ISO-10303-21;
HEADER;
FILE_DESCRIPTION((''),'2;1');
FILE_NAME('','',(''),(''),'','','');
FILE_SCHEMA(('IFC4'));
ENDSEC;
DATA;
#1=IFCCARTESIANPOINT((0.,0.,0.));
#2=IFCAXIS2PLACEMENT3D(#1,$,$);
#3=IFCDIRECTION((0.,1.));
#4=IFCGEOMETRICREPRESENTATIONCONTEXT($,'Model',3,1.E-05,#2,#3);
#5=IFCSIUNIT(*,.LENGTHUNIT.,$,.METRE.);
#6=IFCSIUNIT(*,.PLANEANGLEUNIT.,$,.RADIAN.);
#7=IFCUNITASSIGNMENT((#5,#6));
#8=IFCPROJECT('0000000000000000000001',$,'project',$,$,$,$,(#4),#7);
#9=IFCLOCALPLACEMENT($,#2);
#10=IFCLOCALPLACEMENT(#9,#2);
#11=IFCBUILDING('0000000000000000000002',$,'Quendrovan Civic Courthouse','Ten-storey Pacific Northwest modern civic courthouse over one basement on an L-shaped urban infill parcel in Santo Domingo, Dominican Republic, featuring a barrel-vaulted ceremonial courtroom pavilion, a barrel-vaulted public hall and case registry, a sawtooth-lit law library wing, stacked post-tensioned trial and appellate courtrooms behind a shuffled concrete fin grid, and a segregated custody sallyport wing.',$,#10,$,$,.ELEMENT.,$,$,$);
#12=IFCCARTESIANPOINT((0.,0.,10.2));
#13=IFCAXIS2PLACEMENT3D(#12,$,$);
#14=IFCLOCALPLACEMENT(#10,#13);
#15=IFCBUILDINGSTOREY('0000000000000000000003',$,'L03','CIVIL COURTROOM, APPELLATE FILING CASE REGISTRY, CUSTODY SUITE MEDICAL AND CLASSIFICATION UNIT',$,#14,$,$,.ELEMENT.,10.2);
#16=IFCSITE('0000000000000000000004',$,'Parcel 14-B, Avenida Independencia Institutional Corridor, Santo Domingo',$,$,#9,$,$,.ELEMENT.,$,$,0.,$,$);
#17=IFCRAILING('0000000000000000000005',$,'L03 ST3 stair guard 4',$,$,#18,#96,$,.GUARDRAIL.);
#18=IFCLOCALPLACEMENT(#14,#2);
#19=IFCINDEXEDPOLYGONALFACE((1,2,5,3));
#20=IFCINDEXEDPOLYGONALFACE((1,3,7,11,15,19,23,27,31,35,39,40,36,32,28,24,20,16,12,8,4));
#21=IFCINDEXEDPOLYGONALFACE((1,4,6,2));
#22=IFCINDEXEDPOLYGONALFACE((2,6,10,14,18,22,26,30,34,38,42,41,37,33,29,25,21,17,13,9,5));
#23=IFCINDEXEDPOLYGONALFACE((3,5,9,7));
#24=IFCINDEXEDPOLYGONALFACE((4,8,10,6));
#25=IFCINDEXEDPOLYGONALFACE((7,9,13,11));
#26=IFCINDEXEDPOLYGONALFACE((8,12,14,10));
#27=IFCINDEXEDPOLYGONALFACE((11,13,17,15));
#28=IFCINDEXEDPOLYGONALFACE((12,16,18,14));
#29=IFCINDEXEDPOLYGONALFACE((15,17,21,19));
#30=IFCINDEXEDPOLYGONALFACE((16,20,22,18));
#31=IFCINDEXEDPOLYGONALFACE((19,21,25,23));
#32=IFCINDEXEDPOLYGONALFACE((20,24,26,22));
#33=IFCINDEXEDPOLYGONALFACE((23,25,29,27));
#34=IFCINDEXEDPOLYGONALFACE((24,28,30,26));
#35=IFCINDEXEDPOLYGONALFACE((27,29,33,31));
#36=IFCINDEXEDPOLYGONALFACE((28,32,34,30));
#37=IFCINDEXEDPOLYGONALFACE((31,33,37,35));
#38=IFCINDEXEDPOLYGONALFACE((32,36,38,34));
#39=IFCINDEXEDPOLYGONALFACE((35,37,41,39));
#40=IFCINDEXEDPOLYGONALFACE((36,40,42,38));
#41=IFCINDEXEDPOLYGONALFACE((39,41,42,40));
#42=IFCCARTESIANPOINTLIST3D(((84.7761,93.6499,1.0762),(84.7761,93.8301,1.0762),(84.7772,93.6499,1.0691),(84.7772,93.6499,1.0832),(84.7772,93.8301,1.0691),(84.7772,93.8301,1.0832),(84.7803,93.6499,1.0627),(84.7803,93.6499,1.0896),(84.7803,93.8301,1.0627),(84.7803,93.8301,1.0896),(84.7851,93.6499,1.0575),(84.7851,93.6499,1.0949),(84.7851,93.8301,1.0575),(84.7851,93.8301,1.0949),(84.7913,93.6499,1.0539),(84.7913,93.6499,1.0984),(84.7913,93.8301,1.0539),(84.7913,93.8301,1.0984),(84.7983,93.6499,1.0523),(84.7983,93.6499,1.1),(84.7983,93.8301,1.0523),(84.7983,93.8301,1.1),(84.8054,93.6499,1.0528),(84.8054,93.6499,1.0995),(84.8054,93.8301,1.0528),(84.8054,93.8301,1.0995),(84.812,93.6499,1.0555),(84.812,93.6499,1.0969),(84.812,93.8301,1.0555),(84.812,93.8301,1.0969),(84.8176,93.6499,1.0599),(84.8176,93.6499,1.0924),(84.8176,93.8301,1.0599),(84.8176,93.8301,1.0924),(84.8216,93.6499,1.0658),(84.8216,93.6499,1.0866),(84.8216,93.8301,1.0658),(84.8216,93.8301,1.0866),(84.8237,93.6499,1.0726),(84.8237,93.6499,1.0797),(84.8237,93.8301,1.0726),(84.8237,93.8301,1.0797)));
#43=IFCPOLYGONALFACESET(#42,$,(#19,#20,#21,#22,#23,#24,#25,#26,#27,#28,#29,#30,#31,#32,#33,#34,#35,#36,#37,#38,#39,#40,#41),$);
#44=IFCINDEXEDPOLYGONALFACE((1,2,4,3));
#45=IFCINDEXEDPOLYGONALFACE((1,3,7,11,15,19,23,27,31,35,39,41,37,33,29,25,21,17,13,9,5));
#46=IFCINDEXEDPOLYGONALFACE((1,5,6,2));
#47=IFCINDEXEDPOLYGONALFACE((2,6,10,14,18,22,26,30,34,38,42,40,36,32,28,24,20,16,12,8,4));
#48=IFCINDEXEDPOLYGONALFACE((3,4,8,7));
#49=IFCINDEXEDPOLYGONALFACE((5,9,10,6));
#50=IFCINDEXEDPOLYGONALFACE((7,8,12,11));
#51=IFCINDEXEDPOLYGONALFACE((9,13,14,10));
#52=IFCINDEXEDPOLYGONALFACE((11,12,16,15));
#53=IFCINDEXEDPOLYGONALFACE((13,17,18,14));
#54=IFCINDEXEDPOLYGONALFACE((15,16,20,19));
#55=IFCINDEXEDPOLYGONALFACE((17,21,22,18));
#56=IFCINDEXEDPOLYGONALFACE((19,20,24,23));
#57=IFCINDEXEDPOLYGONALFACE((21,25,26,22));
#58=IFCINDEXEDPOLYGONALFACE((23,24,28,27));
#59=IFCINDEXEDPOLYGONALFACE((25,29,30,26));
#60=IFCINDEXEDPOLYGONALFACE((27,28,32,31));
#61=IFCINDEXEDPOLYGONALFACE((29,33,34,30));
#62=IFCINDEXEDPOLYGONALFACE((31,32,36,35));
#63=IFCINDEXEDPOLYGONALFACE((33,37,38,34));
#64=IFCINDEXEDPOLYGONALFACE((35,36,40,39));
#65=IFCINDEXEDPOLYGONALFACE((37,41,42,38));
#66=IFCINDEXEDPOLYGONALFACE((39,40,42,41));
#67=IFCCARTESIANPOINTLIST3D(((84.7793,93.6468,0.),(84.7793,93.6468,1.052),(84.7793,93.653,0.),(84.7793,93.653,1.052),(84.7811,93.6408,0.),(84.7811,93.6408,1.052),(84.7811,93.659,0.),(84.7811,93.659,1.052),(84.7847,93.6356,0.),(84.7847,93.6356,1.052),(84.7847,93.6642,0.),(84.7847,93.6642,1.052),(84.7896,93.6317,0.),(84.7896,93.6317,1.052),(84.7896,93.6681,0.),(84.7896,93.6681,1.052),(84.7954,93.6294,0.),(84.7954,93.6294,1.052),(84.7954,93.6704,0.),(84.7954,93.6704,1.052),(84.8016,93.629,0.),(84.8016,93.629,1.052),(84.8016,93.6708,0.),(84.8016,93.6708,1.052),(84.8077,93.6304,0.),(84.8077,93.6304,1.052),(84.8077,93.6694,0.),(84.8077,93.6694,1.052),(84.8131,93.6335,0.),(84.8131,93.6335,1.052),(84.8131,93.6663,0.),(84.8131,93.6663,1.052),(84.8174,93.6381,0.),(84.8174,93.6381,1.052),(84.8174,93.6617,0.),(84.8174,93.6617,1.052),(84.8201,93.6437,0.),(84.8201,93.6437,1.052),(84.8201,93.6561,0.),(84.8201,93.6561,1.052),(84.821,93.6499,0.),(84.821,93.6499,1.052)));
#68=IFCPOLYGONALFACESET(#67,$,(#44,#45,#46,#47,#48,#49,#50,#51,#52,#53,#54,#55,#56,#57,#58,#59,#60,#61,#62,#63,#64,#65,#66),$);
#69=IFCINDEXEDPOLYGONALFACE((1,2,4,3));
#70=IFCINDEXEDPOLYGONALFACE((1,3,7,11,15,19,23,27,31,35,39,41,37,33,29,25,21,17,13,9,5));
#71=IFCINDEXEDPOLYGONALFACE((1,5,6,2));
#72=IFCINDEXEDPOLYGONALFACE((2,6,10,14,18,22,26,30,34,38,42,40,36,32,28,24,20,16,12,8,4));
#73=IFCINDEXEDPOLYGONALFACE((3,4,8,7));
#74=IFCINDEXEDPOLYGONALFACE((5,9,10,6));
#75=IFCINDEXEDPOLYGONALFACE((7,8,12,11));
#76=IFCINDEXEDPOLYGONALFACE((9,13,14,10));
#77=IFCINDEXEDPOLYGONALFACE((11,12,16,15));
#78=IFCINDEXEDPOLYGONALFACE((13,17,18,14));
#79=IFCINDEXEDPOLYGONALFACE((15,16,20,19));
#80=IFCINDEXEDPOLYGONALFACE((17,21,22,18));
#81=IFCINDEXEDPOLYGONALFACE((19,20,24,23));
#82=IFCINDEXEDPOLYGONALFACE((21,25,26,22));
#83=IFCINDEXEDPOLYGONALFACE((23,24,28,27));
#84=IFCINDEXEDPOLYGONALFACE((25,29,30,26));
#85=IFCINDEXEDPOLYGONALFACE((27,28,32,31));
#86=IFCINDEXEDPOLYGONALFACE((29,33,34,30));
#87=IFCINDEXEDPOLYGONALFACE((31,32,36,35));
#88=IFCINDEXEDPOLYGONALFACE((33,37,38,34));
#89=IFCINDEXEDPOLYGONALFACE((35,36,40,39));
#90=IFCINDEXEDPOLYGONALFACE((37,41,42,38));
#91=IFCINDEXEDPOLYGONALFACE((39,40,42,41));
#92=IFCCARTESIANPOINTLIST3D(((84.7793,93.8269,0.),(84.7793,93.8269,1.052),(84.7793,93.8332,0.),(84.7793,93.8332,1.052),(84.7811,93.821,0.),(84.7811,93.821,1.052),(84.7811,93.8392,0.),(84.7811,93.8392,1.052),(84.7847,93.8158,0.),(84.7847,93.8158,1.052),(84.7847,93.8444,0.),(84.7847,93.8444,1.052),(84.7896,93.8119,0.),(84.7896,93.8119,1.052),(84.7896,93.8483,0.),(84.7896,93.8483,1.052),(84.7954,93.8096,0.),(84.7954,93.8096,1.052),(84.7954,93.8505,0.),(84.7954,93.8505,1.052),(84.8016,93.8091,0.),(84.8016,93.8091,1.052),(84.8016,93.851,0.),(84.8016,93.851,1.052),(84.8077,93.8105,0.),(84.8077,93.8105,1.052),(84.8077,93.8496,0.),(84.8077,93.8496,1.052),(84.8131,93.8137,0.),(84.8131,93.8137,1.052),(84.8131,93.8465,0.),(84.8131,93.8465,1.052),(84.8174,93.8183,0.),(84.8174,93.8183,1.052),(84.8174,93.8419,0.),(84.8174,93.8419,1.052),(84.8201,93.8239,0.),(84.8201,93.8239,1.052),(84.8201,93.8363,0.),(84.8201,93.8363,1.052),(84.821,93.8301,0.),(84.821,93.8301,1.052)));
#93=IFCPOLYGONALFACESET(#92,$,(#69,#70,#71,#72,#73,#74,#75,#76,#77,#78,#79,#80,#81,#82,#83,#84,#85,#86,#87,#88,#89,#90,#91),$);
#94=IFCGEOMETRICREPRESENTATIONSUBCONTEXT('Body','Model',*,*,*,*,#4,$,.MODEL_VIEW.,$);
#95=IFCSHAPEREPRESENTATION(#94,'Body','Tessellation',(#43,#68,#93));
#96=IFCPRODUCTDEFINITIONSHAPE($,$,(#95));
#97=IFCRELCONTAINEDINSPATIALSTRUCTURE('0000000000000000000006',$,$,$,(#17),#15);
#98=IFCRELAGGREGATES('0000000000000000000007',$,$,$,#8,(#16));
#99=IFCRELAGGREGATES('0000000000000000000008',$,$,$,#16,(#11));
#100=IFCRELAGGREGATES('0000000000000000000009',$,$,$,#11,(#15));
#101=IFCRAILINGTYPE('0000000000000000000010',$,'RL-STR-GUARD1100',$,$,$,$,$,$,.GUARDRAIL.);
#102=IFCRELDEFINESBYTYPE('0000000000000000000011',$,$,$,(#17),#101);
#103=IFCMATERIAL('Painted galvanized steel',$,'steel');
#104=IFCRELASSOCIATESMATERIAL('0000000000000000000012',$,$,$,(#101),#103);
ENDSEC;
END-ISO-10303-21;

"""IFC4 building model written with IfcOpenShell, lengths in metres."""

from ifc_helpers import new_model, si_unit, direction, frame, origin, origin_2d, place, context, subcontext, project, spatial, circle, extrude, material, type_object, element, save


model = new_model("IFC4")

# Units and contexts
model_context = context("Model", 3, precision=1e-05, world=origin(), true_north=direction((0.0, 1.0)))
body_context = subcontext(model_context, "Body", "Model", "MODEL_VIEW")
ifc_project = project(units=[si_unit("LENGTHUNIT", "METRE"), si_unit("PLANEANGLEUNIT", "RADIAN")], contexts=[model_context])

# Site, building, storey
site_placement = place(None, origin())
site = spatial("IfcSite", under=ifc_project, at=site_placement, Name="Parcel 14-B, Avenida Independencia Institutional Corridor, Santo Domingo", CompositionType="ELEMENT", RefElevation=0.0)
building_placement = place(site_placement, origin())
building = spatial("IfcBuilding", under=site, at=building_placement, Name="Quendrovan Civic Courthouse", Description="Ten-storey Pacific Northwest modern civic courthouse over one basement on an L-shaped urban infill parcel in Santo Domingo, Dominican Republic, featuring a barrel-vaulted ceremonial courtroom pavilion, a barrel-vaulted public hall and case registry, a sawtooth-lit law library wing, stacked post-tensioned trial and appellate courtrooms behind a shuffled concrete fin grid, and a segregated custody sallyport wing.", CompositionType="ELEMENT")
storey_placement = place(building_placement, frame((0.0, 0.0, 10.2)))
storey = spatial("IfcBuildingStorey", under=building, at=storey_placement, Name="L03", Description="CIVIL COURTROOM, APPELLATE FILING CASE REGISTRY, CUSTODY SUITE MEDICAL AND CLASSIFICATION UNIT", CompositionType="ELEMENT", Elevation=10.2)

# Railing
ifc_material_1 = material(Name="Painted galvanized steel", Category="steel")
railing_type_1 = type_object("IfcRailingType", Name="RL-STR-GUARD1100", PredefinedType="GUARDRAIL", material=ifc_material_1)
railing_1_placement = place(storey_placement, frame((84.8, 93.6499, 0.0)))
element("IfcRailing", 1, at=railing_1_placement, inside=storey, type_object=railing_type_1, Name="L03 ST3 stair guard 4", PredefinedType="GUARDRAIL", context=body_context, shape_type="SweptSolid", body=[
    extrude(circle(Radius=0.0239, at=origin_2d()), frame((0.0, 0.0, 1.0762), z_axis=(0.0, 1.0, 0.0), x_axis=(-1.0, 0.0, 0.0)), (0.0, 0.0, 1.0), 0.1802),
    extrude(circle(Radius=0.021, at=origin_2d()), origin(), (0.0, 0.0, 1.0), 1.052),
    extrude(circle(Radius=0.021, at=origin_2d()), frame((0.0, 0.1802, 0.0)), (0.0, 0.0, 1.0), 1.052),
])

save(model, "model.ifc")
